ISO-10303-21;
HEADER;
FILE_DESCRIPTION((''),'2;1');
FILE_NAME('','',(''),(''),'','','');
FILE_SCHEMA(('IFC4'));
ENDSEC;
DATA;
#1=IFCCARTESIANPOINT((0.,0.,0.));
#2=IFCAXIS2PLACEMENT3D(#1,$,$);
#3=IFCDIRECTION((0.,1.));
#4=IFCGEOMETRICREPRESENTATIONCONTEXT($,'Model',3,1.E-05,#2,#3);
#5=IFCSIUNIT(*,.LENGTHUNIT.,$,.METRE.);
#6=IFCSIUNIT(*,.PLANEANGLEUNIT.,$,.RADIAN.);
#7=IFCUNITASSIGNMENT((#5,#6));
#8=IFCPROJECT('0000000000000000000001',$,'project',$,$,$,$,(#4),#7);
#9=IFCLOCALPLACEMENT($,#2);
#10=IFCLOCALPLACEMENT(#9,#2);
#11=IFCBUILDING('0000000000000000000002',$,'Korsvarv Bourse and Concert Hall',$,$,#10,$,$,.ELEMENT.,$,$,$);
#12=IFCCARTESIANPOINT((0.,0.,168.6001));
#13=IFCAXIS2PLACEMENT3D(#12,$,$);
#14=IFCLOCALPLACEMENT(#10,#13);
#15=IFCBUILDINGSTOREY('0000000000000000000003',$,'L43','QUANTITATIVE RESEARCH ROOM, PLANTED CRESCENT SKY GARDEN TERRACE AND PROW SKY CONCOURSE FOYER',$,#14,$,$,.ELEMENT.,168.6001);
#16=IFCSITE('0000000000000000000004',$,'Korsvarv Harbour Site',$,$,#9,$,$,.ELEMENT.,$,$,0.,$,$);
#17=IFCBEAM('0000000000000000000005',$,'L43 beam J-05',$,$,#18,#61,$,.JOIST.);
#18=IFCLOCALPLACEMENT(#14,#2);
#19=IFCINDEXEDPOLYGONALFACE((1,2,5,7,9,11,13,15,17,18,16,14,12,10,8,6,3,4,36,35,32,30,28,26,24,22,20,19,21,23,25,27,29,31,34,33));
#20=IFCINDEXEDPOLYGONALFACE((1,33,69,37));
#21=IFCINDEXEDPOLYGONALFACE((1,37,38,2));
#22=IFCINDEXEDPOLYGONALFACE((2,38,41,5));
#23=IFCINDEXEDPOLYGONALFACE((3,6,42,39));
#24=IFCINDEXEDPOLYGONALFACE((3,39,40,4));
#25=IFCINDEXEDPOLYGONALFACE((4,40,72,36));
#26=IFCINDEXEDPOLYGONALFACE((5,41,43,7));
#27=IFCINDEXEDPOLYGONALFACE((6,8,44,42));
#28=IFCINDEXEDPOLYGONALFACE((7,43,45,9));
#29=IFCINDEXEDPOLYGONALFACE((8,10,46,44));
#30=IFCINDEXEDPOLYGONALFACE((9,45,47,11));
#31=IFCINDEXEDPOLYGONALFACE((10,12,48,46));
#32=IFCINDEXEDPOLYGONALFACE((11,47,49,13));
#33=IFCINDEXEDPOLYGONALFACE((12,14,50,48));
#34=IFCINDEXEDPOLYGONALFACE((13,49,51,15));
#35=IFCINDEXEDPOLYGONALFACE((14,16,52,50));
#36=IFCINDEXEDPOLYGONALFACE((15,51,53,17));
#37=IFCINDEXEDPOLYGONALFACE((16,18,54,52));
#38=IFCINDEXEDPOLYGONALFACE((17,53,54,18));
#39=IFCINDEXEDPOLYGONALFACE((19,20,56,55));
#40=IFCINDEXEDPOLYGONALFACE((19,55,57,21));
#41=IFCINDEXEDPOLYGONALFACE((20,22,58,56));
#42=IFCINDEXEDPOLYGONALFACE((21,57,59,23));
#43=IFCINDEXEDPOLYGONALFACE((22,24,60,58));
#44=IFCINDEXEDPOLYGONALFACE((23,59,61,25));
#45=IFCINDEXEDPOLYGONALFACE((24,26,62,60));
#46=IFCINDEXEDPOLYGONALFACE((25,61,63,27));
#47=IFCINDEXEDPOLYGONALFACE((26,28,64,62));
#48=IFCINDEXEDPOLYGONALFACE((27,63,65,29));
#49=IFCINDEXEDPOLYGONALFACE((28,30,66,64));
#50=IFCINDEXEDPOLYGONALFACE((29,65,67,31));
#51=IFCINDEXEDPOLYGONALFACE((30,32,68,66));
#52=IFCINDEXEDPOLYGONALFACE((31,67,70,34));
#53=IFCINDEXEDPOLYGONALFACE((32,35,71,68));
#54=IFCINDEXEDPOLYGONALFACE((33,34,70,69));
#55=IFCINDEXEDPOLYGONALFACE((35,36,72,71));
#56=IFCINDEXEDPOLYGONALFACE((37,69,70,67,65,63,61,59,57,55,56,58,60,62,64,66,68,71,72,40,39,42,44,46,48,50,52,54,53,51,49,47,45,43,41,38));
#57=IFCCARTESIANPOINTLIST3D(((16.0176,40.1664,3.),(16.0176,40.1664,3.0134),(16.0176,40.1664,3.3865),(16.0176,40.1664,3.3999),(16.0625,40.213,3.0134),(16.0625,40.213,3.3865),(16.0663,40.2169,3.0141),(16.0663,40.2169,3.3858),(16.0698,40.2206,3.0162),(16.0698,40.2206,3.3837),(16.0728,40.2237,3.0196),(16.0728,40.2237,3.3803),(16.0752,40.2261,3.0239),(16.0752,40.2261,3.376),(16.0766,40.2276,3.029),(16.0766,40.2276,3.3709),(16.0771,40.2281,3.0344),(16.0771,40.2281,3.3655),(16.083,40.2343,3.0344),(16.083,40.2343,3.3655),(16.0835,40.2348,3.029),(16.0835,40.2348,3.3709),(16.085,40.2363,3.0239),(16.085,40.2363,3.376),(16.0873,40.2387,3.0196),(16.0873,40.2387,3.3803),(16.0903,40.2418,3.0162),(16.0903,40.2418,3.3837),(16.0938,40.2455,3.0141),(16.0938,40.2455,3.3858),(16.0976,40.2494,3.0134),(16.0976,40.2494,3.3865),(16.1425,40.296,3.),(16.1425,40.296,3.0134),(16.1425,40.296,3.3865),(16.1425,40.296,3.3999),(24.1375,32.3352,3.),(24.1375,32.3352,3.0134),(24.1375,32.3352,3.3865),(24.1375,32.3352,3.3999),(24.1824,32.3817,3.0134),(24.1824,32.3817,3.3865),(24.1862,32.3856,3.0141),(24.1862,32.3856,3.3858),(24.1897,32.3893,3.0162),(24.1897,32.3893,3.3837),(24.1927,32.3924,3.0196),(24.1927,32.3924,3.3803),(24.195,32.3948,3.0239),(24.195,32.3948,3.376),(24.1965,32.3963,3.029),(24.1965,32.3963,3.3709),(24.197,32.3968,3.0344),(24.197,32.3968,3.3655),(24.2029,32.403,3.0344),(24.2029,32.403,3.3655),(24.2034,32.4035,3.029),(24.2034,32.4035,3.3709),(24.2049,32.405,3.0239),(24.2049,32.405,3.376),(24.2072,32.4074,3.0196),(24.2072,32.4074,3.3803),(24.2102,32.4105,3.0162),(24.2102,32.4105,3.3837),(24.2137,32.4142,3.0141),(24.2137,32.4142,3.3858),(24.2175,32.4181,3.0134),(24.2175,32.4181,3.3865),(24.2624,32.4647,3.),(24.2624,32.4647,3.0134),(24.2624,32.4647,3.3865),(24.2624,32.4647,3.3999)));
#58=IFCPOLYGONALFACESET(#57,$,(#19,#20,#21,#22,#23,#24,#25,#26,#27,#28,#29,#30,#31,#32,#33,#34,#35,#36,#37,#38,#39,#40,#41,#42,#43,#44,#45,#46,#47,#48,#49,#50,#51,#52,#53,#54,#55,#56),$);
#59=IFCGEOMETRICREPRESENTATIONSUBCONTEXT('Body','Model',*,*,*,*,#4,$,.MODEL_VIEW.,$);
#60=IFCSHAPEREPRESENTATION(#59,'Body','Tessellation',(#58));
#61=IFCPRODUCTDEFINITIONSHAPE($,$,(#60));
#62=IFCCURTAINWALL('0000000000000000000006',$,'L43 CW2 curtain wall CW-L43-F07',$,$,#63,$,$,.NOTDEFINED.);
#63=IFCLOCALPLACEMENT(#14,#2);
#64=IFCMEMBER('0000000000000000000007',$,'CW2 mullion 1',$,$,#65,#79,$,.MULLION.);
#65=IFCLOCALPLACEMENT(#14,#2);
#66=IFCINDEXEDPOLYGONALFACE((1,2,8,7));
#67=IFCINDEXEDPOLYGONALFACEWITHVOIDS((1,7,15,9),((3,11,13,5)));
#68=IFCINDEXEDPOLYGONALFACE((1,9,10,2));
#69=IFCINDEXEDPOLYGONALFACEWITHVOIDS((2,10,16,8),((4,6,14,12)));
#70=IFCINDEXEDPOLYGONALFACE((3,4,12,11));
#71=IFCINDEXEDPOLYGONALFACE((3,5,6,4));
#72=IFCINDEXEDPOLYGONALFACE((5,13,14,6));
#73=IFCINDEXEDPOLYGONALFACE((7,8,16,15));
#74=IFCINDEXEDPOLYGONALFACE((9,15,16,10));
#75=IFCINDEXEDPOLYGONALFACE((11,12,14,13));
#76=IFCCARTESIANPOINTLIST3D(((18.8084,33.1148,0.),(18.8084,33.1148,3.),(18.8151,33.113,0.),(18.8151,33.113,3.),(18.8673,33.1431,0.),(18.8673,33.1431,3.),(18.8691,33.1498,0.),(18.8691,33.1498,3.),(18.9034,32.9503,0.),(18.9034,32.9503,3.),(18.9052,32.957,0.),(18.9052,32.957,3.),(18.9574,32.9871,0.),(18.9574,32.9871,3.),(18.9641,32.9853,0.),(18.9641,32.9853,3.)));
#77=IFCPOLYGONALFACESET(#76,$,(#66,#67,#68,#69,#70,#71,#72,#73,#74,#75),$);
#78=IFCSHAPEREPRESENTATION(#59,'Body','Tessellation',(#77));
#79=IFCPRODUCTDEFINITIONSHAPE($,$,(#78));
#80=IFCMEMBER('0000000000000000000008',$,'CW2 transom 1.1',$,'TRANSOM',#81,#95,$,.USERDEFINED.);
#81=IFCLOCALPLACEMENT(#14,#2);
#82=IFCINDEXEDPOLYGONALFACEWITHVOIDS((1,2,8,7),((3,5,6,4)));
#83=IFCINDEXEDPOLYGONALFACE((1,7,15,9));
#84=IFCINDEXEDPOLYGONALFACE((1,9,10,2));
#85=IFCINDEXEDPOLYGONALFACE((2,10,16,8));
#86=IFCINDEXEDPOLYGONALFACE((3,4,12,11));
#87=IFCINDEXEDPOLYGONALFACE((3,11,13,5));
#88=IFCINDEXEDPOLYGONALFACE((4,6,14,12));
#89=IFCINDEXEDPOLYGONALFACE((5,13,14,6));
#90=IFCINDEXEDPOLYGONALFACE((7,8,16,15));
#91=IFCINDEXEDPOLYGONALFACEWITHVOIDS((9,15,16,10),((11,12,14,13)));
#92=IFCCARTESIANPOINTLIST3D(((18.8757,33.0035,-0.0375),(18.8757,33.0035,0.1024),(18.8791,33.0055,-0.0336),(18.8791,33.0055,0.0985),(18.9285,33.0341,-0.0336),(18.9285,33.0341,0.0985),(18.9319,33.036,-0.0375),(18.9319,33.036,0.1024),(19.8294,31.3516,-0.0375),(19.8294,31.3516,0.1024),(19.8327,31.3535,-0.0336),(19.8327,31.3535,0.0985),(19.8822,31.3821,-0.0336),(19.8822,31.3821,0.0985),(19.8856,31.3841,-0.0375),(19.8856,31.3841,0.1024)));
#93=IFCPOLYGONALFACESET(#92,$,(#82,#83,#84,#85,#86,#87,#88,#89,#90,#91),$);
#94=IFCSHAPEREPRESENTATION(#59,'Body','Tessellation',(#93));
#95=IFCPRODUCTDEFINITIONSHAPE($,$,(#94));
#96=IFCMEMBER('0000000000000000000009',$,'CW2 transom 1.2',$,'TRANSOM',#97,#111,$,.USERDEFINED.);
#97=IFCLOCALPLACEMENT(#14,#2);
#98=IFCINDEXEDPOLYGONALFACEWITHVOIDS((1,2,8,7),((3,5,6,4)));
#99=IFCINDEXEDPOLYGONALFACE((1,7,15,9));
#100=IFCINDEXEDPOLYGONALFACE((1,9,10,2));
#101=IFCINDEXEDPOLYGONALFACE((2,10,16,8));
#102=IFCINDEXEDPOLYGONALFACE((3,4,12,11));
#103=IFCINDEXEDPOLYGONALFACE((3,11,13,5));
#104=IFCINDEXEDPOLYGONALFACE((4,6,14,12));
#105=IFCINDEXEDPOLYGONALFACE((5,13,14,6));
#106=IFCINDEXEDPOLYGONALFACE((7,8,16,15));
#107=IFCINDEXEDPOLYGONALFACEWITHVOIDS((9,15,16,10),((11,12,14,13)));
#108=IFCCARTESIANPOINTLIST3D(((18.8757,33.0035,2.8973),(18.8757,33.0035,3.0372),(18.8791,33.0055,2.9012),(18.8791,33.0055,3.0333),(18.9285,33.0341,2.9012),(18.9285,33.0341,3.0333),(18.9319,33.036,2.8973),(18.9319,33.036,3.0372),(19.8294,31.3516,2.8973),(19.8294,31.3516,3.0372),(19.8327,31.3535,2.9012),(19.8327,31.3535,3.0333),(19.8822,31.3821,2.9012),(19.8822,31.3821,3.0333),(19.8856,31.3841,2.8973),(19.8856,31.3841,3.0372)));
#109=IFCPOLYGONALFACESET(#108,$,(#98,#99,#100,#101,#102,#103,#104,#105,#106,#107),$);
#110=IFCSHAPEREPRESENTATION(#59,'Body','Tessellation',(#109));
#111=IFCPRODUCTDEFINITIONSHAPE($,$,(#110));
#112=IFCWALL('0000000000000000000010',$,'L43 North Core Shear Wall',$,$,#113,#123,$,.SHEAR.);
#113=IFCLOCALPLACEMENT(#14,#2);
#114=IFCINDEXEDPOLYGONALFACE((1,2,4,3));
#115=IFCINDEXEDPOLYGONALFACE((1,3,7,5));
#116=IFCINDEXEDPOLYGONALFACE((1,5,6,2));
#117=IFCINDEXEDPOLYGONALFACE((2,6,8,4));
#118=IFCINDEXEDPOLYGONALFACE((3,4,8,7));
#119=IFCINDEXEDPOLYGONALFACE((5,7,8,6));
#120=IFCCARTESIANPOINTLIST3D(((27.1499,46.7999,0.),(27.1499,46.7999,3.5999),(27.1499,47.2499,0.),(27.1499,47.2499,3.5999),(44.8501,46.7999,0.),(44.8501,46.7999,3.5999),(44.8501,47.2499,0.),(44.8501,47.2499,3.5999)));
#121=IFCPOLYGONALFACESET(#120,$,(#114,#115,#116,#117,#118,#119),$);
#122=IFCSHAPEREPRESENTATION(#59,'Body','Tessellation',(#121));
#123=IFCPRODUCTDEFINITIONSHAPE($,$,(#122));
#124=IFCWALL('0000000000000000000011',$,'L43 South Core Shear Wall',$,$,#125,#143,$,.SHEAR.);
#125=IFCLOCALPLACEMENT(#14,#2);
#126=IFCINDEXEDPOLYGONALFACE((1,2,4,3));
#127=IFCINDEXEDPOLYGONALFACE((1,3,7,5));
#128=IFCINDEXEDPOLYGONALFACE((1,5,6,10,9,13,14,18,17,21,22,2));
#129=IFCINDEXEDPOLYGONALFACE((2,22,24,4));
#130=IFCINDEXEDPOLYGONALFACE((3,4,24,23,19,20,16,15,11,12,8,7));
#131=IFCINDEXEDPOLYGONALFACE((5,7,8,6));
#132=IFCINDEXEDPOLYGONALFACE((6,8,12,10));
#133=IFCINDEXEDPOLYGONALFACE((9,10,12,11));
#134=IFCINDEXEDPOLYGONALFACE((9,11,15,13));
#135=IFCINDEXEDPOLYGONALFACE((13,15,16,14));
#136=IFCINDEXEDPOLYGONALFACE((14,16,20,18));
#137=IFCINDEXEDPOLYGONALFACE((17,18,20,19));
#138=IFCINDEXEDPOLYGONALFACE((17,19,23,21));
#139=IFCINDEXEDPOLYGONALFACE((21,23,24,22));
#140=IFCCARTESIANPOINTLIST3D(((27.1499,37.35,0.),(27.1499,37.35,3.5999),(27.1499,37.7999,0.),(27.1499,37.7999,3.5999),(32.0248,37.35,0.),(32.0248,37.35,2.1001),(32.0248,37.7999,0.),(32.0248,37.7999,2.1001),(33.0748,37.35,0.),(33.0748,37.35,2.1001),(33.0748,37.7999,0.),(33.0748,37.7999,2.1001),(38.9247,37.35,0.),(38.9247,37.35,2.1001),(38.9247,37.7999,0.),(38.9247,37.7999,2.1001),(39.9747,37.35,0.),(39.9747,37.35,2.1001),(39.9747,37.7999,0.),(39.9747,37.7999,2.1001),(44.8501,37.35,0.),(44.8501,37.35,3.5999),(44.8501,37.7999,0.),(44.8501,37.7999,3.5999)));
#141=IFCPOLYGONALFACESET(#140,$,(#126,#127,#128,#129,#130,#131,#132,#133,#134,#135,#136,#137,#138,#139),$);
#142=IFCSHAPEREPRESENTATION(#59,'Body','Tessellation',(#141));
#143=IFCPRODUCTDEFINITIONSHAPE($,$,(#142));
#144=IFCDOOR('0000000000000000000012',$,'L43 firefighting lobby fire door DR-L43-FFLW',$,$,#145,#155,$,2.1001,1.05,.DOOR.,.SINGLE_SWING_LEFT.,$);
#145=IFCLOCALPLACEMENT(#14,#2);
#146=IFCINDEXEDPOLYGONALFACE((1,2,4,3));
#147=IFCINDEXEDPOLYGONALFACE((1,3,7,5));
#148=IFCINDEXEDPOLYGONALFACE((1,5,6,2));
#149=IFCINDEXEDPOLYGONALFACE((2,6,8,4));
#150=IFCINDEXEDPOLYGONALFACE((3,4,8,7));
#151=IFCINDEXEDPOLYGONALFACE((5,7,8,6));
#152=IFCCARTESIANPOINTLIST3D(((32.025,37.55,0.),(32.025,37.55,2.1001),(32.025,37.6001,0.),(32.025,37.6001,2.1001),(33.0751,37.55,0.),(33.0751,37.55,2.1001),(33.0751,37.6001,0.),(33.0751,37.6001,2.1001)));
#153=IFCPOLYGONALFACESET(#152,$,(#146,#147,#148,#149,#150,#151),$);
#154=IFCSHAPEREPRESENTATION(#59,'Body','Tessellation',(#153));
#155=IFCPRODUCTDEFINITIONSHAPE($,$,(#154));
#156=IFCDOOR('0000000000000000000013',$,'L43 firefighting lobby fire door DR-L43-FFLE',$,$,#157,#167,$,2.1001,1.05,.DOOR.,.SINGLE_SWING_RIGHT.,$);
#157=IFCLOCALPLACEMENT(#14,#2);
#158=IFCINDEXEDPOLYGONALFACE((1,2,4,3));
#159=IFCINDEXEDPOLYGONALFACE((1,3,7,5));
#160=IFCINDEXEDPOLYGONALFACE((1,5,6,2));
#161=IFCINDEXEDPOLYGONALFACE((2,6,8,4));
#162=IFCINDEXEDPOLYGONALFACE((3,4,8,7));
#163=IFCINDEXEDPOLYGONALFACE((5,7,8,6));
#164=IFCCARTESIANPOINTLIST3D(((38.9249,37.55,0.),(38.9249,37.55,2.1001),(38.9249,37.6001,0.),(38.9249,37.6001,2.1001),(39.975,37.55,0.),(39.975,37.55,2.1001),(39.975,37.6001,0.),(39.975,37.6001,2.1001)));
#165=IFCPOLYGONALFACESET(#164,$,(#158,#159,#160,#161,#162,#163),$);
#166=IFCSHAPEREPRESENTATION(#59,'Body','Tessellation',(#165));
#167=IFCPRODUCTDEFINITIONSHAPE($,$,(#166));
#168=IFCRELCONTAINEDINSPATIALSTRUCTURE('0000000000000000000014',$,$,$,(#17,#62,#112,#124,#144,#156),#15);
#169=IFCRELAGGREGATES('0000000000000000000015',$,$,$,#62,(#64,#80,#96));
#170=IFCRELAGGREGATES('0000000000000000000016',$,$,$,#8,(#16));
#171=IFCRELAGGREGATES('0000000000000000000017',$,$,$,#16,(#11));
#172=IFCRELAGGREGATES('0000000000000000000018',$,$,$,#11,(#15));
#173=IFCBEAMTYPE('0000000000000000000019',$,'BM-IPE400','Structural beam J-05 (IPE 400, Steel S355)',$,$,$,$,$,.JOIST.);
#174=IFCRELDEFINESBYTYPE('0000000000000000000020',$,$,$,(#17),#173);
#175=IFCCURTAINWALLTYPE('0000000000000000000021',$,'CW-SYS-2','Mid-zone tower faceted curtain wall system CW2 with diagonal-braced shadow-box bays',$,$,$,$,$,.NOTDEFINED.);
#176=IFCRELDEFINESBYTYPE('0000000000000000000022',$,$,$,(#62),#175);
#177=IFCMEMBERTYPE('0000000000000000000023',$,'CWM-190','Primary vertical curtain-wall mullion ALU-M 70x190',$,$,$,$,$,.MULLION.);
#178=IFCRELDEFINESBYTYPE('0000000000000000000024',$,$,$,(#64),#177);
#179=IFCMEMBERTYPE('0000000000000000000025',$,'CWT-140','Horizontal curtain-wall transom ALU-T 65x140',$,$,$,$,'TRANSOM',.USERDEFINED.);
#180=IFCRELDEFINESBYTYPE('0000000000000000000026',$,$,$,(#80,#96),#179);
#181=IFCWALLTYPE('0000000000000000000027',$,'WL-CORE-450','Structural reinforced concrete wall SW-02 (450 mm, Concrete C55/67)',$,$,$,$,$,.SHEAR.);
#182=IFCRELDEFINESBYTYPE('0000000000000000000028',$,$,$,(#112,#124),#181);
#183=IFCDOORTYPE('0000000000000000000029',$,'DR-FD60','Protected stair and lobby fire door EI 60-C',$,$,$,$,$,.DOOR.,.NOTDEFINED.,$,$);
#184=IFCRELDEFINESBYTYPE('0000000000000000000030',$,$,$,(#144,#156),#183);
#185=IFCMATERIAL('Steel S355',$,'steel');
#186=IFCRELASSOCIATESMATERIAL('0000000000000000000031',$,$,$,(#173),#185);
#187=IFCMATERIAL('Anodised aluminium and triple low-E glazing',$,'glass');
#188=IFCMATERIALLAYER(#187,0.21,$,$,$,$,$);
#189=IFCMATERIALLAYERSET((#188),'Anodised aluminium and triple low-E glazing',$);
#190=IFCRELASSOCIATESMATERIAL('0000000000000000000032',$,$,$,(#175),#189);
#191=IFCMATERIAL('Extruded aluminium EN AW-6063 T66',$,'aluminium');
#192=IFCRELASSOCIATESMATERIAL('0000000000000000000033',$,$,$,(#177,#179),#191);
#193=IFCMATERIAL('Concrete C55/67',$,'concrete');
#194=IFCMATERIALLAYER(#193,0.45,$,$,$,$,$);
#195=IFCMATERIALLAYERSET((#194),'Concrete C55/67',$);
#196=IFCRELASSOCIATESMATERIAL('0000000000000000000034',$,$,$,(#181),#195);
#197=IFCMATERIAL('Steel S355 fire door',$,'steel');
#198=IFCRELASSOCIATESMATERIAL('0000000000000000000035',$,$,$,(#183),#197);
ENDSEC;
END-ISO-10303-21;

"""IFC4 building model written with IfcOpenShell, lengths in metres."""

from ifc_helpers import new_model, si_unit, direction, frame, frame_2d, origin, origin_2d, place, context, subcontext, project, spatial, rectangle, hollow_rectangle, i_section, extrude, source, transform, mapped, material, layer, layer_set, material_profile, profile_set, type_object, element, fill, aggregate, save


model = new_model("IFC4")

# Units and contexts
model_context = context("Model", 3, precision=1e-05, world=origin(), true_north=direction((0.0, 1.0)))
body_context = subcontext(model_context, "Body", "Model", "MODEL_VIEW")
ifc_project = project(units=[si_unit("LENGTHUNIT", "METRE"), si_unit("PLANEANGLEUNIT", "RADIAN")], contexts=[model_context])

# Site, building, storey
site_placement = place(None, origin())
site = spatial("IfcSite", under=ifc_project, at=site_placement, Name="Korsvarv Harbour Site", CompositionType="ELEMENT", RefElevation=0.0)
building_placement = place(site_placement, origin())
building = spatial("IfcBuilding", under=site, at=building_placement, Name="Korsvarv Bourse and Concert Hall", CompositionType="ELEMENT")
storey_placement = place(building_placement, frame((0.0, 0.0, 168.6001)))
storey = spatial("IfcBuildingStorey", under=building, at=storey_placement, Name="L43", Description="QUANTITATIVE RESEARCH ROOM, PLANTED CRESCENT SKY GARDEN TERRACE AND PROW SKY CONCOURSE FOYER", CompositionType="ELEMENT", Elevation=168.6001)

# Shared definitions
ifc_material_1 = material(Name="Steel S355", Category="steel")

# Beam
ifc_material_profile_1 = material_profile(ifc_material_1, i_section(OverallWidth=0.1799, OverallDepth=0.3999, WebThickness=0.0085, FlangeThickness=0.0134, FilletRadius=0.021, at=origin_2d()), Name="IPE 400")
ifc_profile_set_1 = profile_set([ifc_material_profile_1], Name="Steel S355")
beam_type_1 = type_object("IfcBeamType", Name="BM-IPE400", Description="Structural beam J-05 (IPE 400, Steel S355)", PredefinedType="JOIST", material=ifc_profile_set_1)
shared_shape_1 = source(origin(), body_context, "Body", "SweptSolid", [
    extrude(i_section(OverallWidth=0.1799, OverallDepth=0.3999, WebThickness=0.0085, FlangeThickness=0.0134, FilletRadius=0.021, at=origin_2d()), origin(), (0.0, 0.0, 1.0), 11.281),
])
beam_1_placement = place(storey_placement, frame((16.0801, 40.2312, 3.2), z_axis=(0.719781, -0.694201, 0.0), x_axis=(0.694201, 0.719781, 0.0)))
element("IfcBeam", 1, at=beam_1_placement, inside=storey, type_object=beam_type_1, Name="L43 beam J-05", PredefinedType="JOIST", context=body_context, shape_type="MappedRepresentation", body=[
    mapped(shared_shape_1, transform((0.0, 0.0, 0.0), scale=1.0)),
])

# Curtain wall, members
ifc_material_2 = material(Name="Anodised aluminium and triple low-E glazing", Category="glass")
ifc_layer_1 = layer(ifc_material_2, 0.21)
ifc_layer_set_1 = layer_set([ifc_layer_1], Name="Anodised aluminium and triple low-E glazing")
curtain_wall_type = type_object("IfcCurtainWallType", Name="CW-SYS-2", Description="Mid-zone tower faceted curtain wall system CW2 with diagonal-braced shadow-box bays", PredefinedType="NOTDEFINED", material=ifc_layer_set_1)
curtain_wall_placement = place(storey_placement, origin())
curtain_wall = element("IfcCurtainWall", 2, at=curtain_wall_placement, inside=storey, type_object=curtain_wall_type, Name="L43 CW2 curtain wall CW-L43-F07", PredefinedType="NOTDEFINED")
ifc_material_3 = material(Name="Extruded aluminium EN AW-6063 T66", Category="aluminium")
ifc_material_profile_2 = material_profile(ifc_material_3, hollow_rectangle(XDim=0.0701, YDim=0.1899, WallThickness=0.0049, at=origin_2d()), Name="ALU-M 70x190")
ifc_profile_set_2 = profile_set([ifc_material_profile_2], Name="Extruded aluminium EN AW-6063 T66")
member_type_1 = type_object("IfcMemberType", Name="CWM-190", Description="Primary vertical curtain-wall mullion ALU-M 70x190", PredefinedType="MULLION", material=ifc_profile_set_2)
shared_shape_2 = source(origin(), body_context, "Body", "SweptSolid", [
    extrude(hollow_rectangle(XDim=0.0701, YDim=0.1899, WallThickness=0.0049, at=origin_2d()), origin(), (0.0, 0.0, 1.0), 3.0),
])
member_1_placement = place(storey_placement, frame((18.8862, 33.05, 0.0), z_axis=(0.0, 0.0, 1.0), x_axis=(0.866023, 0.500005, 0.0)))
member_1 = element("IfcMember", 3, at=member_1_placement, type_object=member_type_1, Name="CW2 mullion 1", PredefinedType="MULLION", context=body_context, shape_type="MappedRepresentation", body=[
    mapped(shared_shape_2, transform((0.0, 0.0, 0.0), scale=1.0)),
])
ifc_material_profile_3 = material_profile(ifc_material_3, hollow_rectangle(XDim=0.0649, YDim=0.1399, WallThickness=0.0039, at=origin_2d()), Name="ALU-T 65x140")
ifc_profile_set_3 = profile_set([ifc_material_profile_3], Name="Extruded aluminium EN AW-6063 T66")
member_type_2 = type_object("IfcMemberType", Name="CWT-140", Description="Horizontal curtain-wall transom ALU-T 65x140", ElementType="TRANSOM", PredefinedType="USERDEFINED", material=ifc_profile_set_3)
shared_shape_3 = source(origin(), body_context, "Body", "SweptSolid", [
    extrude(hollow_rectangle(XDim=0.0649, YDim=0.1399, WallThickness=0.0039, at=origin_2d()), origin(), (0.0, 0.0, 1.0), 1.9075),
])
member_2_placement = place(storey_placement, frame((18.9038, 33.0198, 0.0325), z_axis=(0.499966, -0.866045, 0.0), x_axis=(0.866045, 0.499966, 0.0)))
member_2 = element("IfcMember", 4, at=member_2_placement, type_object=member_type_2, Name="CW2 transom 1.1", ObjectType="TRANSOM", PredefinedType="USERDEFINED", context=body_context, shape_type="MappedRepresentation", body=[
    mapped(shared_shape_3, transform((0.0, 0.0, 0.0), scale=1.0)),
])
member_3_placement = place(storey_placement, frame((18.9038, 33.0198, 2.9673), z_axis=(0.499966, -0.866045, 0.0), x_axis=(0.866045, 0.499966, 0.0)))
member_3 = element("IfcMember", 5, at=member_3_placement, type_object=member_type_2, Name="CW2 transom 1.2", ObjectType="TRANSOM", PredefinedType="USERDEFINED", context=body_context, shape_type="MappedRepresentation", body=[
    mapped(shared_shape_3, transform((0.0, 0.0, 0.0), scale=1.0)),
])
aggregate(curtain_wall, [member_1, member_2, member_3])

# Wall
ifc_material_4 = material(Name="Concrete C55/67", Category="concrete")
ifc_layer_2 = layer(ifc_material_4, 0.45)
ifc_layer_set_2 = layer_set([ifc_layer_2], Name="Concrete C55/67")
wall_type_1 = type_object("IfcWallType", Name="WL-CORE-450", Description="Structural reinforced concrete wall SW-02 (450 mm, Concrete C55/67)", PredefinedType="SHEAR", material=ifc_layer_set_2)
wall_1_placement = place(storey_placement, frame((27.1499, 47.0249, 0.0), z_axis=(0.0, 0.0, 1.0), x_axis=(1.0, 0.0, 0.0)))
element("IfcWall", 6, at=wall_1_placement, inside=storey, type_object=wall_type_1, Name="L43 North Core Shear Wall", PredefinedType="SHEAR", context=body_context, shape_type="SweptSolid", body=[
    extrude(rectangle(XDim=17.7002, YDim=0.45, at=frame_2d((8.8501, 0.0))), origin(), (0.0, 0.0, 1.0), 3.5999),
])

# Wall, openings, doors
wall_2_placement = place(storey_placement, frame((27.1499, 37.575, 0.0), z_axis=(0.0, 0.0, 1.0), x_axis=(1.0, 0.0, 0.0)))
wall_2 = element("IfcWall", 7, at=wall_2_placement, inside=storey, type_object=wall_type_1, Name="L43 South Core Shear Wall", PredefinedType="SHEAR", context=body_context, shape_type="SweptSolid", body=[
    extrude(rectangle(XDim=17.7002, YDim=0.45, at=frame_2d((8.8501, 0.0))), origin(), (0.0, 0.0, 1.0), 3.5999),
])
opening_1_placement = place(wall_2_placement, frame((4.875, 0.0, 0.0)))
opening_1 = element("IfcOpeningElement", 8, at=opening_1_placement, cuts=wall_2, PredefinedType="OPENING", context=body_context, shape_type="SweptSolid", body=[
    extrude(rectangle(XDim=1.05, YDim=2.1001, at=frame_2d((0.5249, 1.05))), frame((0.0, 0.2349, 0.0), z_axis=(0.0, -1.0, 0.0), x_axis=(1.0, 0.0, 0.0)), (0.0, 0.0, 1.0), 0.47),
])
opening_2_placement = place(wall_2_placement, frame((11.7749, 0.0, 0.0)))
opening_2 = element("IfcOpeningElement", 9, at=opening_2_placement, cuts=wall_2, PredefinedType="OPENING", context=body_context, shape_type="SweptSolid", body=[
    extrude(rectangle(XDim=1.05, YDim=2.1001, at=frame_2d((0.5249, 1.05))), frame((0.0, 0.2349, 0.0), z_axis=(0.0, -1.0, 0.0), x_axis=(1.0, 0.0, 0.0)), (0.0, 0.0, 1.0), 0.47),
])
ifc_material_5 = material(Name="Steel S355 fire door", Category="steel")
door_type_1 = type_object("IfcDoorType", Name="DR-FD60", Description="Protected stair and lobby fire door EI 60-C", OperationType="NOTDEFINED", PredefinedType="DOOR", material=ifc_material_5)
door_1_placement = place(opening_1_placement, frame((1.05, 0.0, 0.0), z_axis=(0.0, 0.0, 1.0), x_axis=(-1.0, 0.0, 0.0)))
door_1 = element("IfcDoor", 10, at=door_1_placement, inside=storey, type_object=door_type_1, Name="L43 firefighting lobby fire door DR-L43-FFLW", OperationType="SINGLE_SWING_LEFT", OverallHeight=2.1001, OverallWidth=1.05, PredefinedType="DOOR", context=body_context, shape_type="SweptSolid", body=[
    extrude(rectangle(XDim=1.05, YDim=2.1001, at=frame_2d((0.5249, 1.05))), frame((0.0, 0.0249, 0.0), z_axis=(0.0, -1.0, 0.0), x_axis=(1.0, 0.0, 0.0)), (0.0, 0.0, 1.0), 0.05),
])
fill(opening_1, door_1)
door_2_placement = place(opening_2_placement, frame((1.05, 0.0, 0.0), z_axis=(0.0, 0.0, 1.0), x_axis=(-1.0, 0.0, 0.0)))
door_2 = element("IfcDoor", 11, at=door_2_placement, inside=storey, type_object=door_type_1, Name="L43 firefighting lobby fire door DR-L43-FFLE", OperationType="SINGLE_SWING_RIGHT", OverallHeight=2.1001, OverallWidth=1.05, PredefinedType="DOOR", context=body_context, shape_type="SweptSolid", body=[
    extrude(rectangle(XDim=1.05, YDim=2.1001, at=frame_2d((0.5249, 1.05))), frame((0.0, 0.0249, 0.0), z_axis=(0.0, -1.0, 0.0), x_axis=(1.0, 0.0, 0.0)), (0.0, 0.0, 1.0), 0.05),
])
fill(opening_2, door_2)

save(model, "model.ifc")
